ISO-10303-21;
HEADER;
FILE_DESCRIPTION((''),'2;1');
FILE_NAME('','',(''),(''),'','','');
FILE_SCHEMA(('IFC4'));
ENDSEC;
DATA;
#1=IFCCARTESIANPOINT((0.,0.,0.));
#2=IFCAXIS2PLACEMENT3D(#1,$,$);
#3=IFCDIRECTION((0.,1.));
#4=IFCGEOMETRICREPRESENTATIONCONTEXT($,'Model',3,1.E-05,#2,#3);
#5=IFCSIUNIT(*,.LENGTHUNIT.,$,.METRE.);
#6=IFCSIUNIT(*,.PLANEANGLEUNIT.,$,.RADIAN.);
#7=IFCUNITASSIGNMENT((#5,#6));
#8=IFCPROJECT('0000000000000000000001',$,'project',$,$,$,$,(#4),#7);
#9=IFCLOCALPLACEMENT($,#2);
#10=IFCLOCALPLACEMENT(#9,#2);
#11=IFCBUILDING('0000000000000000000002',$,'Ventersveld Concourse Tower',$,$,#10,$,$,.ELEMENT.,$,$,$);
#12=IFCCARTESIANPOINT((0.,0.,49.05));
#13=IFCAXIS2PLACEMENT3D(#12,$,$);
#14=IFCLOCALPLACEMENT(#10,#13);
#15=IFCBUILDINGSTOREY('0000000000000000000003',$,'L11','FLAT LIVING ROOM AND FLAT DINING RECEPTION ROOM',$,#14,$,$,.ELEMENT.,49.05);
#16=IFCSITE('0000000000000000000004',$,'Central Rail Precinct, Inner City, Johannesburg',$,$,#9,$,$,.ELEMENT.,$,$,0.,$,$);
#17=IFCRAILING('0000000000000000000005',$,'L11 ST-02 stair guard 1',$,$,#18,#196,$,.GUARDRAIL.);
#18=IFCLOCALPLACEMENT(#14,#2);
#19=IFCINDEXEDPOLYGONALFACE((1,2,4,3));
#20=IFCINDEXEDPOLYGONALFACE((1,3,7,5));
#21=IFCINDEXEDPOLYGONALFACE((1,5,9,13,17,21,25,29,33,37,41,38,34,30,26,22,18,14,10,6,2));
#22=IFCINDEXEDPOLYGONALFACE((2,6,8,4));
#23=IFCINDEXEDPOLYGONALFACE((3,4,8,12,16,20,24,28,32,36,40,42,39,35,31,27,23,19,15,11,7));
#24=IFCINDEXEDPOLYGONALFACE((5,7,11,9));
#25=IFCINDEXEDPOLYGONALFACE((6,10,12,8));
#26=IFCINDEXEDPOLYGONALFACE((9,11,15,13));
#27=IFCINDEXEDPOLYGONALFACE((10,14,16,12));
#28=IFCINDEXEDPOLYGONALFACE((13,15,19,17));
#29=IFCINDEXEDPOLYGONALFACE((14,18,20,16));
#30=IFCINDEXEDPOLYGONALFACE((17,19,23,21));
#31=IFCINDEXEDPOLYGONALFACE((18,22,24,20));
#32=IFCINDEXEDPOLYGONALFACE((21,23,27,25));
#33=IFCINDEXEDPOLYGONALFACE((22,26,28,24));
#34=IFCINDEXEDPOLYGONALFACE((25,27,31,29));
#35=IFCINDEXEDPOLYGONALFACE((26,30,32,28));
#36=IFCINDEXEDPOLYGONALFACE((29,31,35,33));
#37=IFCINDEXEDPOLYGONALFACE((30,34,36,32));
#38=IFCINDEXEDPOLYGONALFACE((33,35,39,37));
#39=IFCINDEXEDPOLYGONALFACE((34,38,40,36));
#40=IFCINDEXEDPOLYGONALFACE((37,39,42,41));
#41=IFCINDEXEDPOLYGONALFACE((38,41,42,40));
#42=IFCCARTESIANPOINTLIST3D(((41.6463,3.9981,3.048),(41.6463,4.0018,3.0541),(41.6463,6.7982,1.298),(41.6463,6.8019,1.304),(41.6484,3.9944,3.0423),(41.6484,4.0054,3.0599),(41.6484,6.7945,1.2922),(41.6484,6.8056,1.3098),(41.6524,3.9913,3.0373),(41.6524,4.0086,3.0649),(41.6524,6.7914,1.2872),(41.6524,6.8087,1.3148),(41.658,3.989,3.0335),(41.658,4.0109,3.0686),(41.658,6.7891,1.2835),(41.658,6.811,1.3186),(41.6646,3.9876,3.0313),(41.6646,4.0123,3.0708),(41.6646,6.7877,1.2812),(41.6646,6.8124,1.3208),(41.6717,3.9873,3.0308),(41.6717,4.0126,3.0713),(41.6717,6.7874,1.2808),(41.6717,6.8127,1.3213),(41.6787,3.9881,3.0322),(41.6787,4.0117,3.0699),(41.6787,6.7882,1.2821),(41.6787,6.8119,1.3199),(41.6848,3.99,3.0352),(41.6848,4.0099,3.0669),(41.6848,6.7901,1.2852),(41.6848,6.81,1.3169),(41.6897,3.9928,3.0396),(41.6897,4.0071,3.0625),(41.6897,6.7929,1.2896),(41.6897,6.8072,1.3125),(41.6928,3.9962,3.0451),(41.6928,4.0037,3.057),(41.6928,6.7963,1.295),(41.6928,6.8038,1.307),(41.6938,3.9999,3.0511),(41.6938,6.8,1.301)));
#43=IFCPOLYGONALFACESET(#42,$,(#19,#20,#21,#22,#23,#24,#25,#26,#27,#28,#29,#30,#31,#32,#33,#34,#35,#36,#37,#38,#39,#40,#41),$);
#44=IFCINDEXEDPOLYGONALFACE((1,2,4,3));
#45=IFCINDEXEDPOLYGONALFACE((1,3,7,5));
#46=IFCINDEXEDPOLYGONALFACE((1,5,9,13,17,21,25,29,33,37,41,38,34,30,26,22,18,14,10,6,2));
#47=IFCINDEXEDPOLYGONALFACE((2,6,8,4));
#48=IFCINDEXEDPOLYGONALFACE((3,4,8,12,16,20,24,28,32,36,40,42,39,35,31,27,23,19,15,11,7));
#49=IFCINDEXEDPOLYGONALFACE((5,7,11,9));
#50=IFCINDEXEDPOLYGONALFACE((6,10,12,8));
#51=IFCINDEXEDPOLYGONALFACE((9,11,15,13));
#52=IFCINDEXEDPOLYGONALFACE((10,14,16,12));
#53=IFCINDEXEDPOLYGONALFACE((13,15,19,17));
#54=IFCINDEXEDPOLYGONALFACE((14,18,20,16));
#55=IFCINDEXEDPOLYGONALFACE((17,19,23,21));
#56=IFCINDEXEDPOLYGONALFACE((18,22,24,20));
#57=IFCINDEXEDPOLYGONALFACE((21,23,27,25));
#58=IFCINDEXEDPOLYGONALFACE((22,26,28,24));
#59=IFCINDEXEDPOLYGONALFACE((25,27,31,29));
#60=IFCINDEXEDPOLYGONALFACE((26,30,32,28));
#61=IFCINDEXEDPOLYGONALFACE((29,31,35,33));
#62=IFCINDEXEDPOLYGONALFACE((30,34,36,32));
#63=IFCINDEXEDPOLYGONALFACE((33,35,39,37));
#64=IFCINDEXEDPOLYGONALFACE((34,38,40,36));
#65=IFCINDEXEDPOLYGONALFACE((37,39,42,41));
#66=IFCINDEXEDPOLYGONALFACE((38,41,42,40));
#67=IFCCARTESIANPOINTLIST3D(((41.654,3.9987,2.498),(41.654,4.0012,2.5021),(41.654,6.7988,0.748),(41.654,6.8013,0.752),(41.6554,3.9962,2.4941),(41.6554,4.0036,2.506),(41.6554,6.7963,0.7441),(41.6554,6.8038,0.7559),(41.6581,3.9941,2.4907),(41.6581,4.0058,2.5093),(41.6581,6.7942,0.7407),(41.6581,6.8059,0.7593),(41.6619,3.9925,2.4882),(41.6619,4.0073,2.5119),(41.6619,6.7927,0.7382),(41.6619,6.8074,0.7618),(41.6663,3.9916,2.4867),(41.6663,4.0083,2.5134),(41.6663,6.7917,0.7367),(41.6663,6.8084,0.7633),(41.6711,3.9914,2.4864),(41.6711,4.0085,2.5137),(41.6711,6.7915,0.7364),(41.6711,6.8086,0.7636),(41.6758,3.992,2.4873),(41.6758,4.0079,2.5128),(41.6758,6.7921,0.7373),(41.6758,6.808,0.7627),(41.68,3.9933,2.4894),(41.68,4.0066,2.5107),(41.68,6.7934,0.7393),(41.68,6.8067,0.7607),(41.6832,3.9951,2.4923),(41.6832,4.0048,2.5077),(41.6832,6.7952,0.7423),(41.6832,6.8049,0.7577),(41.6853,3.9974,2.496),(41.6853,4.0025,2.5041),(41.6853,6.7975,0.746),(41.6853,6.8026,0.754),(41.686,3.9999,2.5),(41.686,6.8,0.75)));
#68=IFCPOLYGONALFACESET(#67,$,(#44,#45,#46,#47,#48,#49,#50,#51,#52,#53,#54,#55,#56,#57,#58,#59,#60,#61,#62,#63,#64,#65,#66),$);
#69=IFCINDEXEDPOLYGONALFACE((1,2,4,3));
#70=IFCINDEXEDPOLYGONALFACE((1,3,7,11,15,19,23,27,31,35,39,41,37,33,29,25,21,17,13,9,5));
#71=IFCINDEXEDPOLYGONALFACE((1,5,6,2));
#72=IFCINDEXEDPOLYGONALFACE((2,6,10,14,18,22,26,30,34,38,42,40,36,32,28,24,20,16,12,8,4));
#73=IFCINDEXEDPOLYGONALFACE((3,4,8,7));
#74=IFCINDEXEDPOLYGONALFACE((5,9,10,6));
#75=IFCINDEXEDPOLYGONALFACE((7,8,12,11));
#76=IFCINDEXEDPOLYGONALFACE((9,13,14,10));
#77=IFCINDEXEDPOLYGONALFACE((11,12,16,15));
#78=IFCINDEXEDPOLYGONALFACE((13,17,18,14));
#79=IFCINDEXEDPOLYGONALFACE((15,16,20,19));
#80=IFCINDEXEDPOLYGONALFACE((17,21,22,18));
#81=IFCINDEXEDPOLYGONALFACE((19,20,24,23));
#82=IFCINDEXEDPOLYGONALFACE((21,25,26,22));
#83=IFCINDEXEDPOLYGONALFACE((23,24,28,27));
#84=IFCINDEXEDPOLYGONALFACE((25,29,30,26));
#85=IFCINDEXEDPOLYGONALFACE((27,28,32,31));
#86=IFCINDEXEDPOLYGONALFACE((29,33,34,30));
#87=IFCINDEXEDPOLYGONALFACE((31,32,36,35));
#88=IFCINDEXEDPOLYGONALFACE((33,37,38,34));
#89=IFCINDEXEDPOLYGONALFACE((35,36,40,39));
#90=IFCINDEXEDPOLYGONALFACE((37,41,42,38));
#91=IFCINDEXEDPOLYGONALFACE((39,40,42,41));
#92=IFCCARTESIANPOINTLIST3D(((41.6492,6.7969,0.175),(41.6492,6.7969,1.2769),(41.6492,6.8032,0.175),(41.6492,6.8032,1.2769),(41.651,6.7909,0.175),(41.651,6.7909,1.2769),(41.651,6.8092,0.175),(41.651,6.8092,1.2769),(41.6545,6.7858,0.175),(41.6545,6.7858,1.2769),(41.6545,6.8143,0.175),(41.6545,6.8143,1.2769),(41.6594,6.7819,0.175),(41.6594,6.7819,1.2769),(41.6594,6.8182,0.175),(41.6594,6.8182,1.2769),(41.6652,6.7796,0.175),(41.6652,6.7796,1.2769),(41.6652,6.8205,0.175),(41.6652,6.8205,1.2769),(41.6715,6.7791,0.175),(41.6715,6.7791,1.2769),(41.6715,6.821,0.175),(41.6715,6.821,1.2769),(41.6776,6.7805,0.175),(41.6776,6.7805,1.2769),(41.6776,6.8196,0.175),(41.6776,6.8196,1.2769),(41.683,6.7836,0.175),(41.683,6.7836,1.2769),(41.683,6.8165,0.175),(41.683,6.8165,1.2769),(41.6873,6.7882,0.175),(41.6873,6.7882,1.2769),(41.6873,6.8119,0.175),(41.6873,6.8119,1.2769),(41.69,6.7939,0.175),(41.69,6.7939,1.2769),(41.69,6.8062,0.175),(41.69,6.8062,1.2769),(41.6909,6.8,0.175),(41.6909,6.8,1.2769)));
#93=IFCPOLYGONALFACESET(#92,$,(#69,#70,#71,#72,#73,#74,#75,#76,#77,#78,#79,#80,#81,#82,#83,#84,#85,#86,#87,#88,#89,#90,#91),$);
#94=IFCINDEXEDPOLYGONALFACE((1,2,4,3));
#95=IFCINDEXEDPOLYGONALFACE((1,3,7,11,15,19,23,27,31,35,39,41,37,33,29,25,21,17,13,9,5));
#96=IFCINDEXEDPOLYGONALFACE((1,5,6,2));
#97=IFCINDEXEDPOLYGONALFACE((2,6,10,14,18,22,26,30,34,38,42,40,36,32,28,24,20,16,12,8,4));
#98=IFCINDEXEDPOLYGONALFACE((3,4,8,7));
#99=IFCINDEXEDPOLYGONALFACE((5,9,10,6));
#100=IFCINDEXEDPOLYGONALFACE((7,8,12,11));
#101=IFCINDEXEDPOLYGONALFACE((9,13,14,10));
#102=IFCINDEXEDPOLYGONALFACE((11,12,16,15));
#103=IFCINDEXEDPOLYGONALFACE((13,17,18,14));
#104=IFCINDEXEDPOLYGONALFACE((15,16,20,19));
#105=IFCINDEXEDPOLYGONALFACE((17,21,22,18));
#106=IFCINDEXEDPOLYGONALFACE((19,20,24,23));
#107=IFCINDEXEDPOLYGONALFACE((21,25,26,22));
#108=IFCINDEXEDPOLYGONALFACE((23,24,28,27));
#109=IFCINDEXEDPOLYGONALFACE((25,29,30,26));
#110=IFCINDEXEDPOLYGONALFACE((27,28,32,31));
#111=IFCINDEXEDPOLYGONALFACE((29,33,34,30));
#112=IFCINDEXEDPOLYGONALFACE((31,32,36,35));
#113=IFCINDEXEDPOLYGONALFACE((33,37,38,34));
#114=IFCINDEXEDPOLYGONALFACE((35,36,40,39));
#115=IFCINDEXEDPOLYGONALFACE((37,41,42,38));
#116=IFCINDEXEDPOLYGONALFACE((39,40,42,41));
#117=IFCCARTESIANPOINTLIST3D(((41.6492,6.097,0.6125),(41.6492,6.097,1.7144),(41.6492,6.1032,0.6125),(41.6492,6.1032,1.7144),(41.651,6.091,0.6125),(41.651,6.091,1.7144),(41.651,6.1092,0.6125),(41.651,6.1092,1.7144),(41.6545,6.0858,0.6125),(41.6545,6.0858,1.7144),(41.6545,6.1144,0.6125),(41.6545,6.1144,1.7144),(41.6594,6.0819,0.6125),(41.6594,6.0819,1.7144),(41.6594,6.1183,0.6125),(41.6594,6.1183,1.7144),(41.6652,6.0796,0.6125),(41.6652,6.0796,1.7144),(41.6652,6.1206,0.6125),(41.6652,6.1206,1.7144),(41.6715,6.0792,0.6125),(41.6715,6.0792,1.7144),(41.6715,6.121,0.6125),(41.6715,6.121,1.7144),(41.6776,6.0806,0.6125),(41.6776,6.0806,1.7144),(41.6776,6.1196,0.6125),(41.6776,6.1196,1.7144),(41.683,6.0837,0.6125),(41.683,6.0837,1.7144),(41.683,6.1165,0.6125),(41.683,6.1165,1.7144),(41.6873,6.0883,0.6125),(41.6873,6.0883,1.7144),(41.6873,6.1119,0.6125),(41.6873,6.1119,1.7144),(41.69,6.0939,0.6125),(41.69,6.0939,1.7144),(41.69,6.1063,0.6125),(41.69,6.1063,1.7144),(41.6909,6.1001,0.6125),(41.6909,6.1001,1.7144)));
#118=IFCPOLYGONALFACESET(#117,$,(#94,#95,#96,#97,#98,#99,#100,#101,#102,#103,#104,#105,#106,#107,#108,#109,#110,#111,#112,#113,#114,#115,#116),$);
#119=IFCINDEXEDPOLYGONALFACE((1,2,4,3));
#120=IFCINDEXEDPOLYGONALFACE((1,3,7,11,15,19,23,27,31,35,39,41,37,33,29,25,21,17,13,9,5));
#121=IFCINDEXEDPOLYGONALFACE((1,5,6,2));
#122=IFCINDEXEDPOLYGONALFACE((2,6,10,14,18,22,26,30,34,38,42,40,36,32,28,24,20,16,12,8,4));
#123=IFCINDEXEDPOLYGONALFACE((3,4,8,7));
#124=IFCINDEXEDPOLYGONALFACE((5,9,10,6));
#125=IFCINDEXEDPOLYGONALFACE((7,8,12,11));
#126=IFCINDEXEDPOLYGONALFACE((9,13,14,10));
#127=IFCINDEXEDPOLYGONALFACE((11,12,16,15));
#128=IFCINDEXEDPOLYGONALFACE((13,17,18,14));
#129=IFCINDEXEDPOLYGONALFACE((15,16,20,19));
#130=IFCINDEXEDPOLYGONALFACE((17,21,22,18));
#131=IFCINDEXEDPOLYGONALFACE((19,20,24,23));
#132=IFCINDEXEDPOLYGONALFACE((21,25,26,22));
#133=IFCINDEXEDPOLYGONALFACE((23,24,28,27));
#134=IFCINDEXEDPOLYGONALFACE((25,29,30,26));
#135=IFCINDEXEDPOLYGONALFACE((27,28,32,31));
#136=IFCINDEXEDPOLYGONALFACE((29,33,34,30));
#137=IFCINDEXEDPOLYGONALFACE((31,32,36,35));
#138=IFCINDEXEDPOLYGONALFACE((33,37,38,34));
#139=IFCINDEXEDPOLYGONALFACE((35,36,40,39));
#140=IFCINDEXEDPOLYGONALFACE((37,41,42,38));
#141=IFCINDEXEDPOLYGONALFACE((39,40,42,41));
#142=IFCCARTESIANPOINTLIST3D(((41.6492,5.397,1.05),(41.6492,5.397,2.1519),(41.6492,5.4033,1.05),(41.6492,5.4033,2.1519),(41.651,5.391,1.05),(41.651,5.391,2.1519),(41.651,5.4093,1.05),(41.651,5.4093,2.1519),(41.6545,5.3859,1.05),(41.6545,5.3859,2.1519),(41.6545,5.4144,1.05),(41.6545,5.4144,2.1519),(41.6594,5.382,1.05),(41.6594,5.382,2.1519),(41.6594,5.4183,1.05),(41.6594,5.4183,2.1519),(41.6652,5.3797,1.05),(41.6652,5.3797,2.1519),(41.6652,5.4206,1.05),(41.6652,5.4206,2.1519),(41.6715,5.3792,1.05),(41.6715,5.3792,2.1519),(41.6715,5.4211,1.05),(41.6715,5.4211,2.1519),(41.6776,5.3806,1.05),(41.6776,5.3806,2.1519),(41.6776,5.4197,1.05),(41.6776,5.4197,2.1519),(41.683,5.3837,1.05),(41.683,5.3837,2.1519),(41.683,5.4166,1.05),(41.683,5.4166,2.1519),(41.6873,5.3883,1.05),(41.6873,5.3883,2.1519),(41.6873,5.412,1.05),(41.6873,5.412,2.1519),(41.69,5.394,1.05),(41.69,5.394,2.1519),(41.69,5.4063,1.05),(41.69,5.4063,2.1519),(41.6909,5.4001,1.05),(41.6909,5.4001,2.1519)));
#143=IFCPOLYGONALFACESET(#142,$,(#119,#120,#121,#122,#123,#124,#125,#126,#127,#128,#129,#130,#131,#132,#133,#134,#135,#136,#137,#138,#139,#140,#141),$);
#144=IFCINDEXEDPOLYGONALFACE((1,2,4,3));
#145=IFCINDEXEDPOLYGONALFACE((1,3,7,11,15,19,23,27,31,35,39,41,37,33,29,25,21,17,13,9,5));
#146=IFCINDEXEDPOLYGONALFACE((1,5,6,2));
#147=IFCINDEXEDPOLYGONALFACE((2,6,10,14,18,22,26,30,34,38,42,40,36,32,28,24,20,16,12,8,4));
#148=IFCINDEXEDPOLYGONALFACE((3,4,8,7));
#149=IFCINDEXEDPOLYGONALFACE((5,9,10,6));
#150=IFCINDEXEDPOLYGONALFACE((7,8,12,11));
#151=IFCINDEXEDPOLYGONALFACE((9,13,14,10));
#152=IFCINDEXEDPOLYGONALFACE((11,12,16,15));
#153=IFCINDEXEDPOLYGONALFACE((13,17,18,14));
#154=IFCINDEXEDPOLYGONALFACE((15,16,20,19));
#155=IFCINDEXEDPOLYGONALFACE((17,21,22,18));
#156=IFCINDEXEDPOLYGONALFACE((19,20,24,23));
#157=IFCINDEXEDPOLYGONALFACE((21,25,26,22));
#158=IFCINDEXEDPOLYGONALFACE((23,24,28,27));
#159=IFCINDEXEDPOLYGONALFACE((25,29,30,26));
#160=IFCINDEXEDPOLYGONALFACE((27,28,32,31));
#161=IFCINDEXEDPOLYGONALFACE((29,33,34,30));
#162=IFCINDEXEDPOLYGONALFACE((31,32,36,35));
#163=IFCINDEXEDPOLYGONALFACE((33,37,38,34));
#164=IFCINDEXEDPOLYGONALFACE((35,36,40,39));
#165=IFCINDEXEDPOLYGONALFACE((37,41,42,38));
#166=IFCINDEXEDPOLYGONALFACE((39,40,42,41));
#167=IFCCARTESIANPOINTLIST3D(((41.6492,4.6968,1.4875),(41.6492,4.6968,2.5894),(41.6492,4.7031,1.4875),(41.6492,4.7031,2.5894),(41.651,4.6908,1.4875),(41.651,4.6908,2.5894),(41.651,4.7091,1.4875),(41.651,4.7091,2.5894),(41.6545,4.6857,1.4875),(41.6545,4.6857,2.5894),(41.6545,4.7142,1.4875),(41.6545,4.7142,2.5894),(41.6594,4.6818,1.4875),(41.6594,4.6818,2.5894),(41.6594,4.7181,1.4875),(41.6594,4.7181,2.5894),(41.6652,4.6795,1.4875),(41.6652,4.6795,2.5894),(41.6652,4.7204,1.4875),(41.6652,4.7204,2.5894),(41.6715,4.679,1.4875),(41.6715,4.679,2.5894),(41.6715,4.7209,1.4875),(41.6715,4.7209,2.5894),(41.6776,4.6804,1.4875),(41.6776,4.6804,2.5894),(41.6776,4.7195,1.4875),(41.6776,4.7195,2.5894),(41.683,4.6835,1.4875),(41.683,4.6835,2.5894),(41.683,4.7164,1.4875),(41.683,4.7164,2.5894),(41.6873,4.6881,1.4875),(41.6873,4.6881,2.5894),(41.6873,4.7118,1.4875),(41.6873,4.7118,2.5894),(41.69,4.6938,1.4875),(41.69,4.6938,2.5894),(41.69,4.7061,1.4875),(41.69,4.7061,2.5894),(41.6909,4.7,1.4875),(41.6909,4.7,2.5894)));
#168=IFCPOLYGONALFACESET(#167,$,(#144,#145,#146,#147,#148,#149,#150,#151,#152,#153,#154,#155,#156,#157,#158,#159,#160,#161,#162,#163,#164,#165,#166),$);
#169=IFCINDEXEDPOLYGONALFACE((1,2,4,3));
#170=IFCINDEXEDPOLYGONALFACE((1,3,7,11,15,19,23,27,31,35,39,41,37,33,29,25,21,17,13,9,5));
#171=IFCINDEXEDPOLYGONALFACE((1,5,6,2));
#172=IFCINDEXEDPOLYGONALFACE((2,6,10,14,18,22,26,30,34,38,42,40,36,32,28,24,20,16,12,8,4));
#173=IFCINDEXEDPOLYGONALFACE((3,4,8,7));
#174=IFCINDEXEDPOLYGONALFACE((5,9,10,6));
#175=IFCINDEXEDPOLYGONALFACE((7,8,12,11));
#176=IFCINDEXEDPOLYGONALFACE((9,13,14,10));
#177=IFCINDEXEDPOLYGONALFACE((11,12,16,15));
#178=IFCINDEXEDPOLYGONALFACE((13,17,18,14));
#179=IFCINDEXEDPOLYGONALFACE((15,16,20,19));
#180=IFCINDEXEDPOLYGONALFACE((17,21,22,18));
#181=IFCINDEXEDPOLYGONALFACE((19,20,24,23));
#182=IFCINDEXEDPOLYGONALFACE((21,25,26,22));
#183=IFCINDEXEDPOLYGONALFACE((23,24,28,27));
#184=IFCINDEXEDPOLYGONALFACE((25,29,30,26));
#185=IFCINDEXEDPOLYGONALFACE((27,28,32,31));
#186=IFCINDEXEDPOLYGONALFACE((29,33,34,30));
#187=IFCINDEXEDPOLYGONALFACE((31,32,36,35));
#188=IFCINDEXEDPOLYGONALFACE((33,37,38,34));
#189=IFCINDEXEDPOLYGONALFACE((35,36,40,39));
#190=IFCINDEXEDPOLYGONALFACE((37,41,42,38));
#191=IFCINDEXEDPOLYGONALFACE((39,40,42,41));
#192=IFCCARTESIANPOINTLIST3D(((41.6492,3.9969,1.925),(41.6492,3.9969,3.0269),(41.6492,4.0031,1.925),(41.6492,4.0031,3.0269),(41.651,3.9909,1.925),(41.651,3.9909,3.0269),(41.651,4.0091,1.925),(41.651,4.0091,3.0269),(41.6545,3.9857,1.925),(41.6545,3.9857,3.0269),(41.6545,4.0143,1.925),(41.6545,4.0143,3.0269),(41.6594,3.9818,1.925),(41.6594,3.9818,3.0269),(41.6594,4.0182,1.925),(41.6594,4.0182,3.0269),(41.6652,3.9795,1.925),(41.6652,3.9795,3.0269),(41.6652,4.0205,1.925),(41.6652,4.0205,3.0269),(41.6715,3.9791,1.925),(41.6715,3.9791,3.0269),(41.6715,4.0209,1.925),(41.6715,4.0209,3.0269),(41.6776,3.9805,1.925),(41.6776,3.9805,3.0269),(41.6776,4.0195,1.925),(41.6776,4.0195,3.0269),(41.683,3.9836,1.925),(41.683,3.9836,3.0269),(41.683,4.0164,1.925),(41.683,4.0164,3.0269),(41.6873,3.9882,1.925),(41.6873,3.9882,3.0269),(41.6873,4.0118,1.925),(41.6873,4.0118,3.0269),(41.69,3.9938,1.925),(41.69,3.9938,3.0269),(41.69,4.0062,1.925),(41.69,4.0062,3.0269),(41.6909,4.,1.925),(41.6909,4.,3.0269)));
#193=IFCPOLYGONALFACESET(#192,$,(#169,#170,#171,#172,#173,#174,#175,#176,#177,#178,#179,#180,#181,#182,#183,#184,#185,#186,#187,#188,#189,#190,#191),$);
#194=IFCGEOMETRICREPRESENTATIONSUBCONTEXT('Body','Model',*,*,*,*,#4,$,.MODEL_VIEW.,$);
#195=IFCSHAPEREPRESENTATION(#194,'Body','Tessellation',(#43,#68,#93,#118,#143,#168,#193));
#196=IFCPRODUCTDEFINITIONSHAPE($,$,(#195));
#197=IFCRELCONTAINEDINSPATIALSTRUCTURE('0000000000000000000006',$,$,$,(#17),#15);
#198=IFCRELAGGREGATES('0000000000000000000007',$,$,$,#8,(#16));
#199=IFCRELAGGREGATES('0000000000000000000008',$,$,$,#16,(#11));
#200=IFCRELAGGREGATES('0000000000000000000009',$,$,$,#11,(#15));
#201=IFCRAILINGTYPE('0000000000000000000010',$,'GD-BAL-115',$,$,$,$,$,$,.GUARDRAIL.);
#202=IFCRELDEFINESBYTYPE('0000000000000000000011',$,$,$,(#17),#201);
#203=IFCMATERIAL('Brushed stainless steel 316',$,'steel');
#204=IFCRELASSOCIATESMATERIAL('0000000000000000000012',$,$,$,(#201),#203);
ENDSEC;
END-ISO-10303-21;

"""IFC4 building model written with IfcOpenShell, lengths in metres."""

from ifc_helpers import new_model, si_unit, direction, frame, origin, origin_2d, place, context, subcontext, project, spatial, circle, extrude, material, type_object, element, save


model = new_model("IFC4")

# Units and contexts
model_context = context("Model", 3, precision=1e-05, world=origin(), true_north=direction((0.0, 1.0)))
body_context = subcontext(model_context, "Body", "Model", "MODEL_VIEW")
ifc_project = project(units=[si_unit("LENGTHUNIT", "METRE"), si_unit("PLANEANGLEUNIT", "RADIAN")], contexts=[model_context])

# Site, building, storey
site_placement = place(None, origin())
site = spatial("IfcSite", under=ifc_project, at=site_placement, Name="Central Rail Precinct, Inner City, Johannesburg", CompositionType="ELEMENT", RefElevation=0.0)
building_placement = place(site_placement, origin())
building = spatial("IfcBuilding", under=site, at=building_placement, Name="Ventersveld Concourse Tower", CompositionType="ELEMENT")
storey_placement = place(building_placement, frame((0.0, 0.0, 49.05)))
storey = spatial("IfcBuildingStorey", under=building, at=storey_placement, Name="L11", Description="FLAT LIVING ROOM AND FLAT DINING RECEPTION ROOM", CompositionType="ELEMENT", Elevation=49.05)

# Railing
ifc_material_1 = material(Name="Brushed stainless steel 316", Category="steel")
railing_type_1 = type_object("IfcRailingType", Name="GD-BAL-115", PredefinedType="GUARDRAIL", material=ifc_material_1)
railing_1_placement = place(storey_placement, frame((41.6699, 6.8, 0.175)))
element("IfcRailing", 1, at=railing_1_placement, inside=storey, type_object=railing_type_1, Name="L11 ST-02 stair guard 1", PredefinedType="GUARDRAIL", context=body_context, shape_type="SweptSolid", body=[
    extrude(circle(Radius=0.0239, at=origin_2d()), frame((0.0, 0.0, 1.126), z_axis=(0.0, -0.848002, 0.529992), x_axis=(1.0, 0.0, 0.0)), (0.0, 0.0, 1.0), 3.302),
    extrude(circle(Radius=0.0161, at=origin_2d()), frame((0.0, 0.0, 0.575), z_axis=(0.0, -0.848002, 0.529992), x_axis=(1.0, 0.0, 0.0)), (0.0, 0.0, 1.0), 3.302),
    extrude(circle(Radius=0.021, at=origin_2d()), origin(), (0.0, 0.0, 1.0), 1.1018),
    extrude(circle(Radius=0.021, at=origin_2d()), frame((0.0, -0.7, 0.4375)), (0.0, 0.0, 1.0), 1.1018),
    extrude(circle(Radius=0.021, at=origin_2d()), frame((0.0, -1.3999, 0.875)), (0.0, 0.0, 1.0), 1.1018),
    extrude(circle(Radius=0.021, at=origin_2d()), frame((0.0, -2.1001, 1.3125)), (0.0, 0.0, 1.0), 1.1018),
    extrude(circle(Radius=0.021, at=origin_2d()), frame((0.0, -2.8, 1.75)), (0.0, 0.0, 1.0), 1.1018),
])

save(model, "model.ifc")
